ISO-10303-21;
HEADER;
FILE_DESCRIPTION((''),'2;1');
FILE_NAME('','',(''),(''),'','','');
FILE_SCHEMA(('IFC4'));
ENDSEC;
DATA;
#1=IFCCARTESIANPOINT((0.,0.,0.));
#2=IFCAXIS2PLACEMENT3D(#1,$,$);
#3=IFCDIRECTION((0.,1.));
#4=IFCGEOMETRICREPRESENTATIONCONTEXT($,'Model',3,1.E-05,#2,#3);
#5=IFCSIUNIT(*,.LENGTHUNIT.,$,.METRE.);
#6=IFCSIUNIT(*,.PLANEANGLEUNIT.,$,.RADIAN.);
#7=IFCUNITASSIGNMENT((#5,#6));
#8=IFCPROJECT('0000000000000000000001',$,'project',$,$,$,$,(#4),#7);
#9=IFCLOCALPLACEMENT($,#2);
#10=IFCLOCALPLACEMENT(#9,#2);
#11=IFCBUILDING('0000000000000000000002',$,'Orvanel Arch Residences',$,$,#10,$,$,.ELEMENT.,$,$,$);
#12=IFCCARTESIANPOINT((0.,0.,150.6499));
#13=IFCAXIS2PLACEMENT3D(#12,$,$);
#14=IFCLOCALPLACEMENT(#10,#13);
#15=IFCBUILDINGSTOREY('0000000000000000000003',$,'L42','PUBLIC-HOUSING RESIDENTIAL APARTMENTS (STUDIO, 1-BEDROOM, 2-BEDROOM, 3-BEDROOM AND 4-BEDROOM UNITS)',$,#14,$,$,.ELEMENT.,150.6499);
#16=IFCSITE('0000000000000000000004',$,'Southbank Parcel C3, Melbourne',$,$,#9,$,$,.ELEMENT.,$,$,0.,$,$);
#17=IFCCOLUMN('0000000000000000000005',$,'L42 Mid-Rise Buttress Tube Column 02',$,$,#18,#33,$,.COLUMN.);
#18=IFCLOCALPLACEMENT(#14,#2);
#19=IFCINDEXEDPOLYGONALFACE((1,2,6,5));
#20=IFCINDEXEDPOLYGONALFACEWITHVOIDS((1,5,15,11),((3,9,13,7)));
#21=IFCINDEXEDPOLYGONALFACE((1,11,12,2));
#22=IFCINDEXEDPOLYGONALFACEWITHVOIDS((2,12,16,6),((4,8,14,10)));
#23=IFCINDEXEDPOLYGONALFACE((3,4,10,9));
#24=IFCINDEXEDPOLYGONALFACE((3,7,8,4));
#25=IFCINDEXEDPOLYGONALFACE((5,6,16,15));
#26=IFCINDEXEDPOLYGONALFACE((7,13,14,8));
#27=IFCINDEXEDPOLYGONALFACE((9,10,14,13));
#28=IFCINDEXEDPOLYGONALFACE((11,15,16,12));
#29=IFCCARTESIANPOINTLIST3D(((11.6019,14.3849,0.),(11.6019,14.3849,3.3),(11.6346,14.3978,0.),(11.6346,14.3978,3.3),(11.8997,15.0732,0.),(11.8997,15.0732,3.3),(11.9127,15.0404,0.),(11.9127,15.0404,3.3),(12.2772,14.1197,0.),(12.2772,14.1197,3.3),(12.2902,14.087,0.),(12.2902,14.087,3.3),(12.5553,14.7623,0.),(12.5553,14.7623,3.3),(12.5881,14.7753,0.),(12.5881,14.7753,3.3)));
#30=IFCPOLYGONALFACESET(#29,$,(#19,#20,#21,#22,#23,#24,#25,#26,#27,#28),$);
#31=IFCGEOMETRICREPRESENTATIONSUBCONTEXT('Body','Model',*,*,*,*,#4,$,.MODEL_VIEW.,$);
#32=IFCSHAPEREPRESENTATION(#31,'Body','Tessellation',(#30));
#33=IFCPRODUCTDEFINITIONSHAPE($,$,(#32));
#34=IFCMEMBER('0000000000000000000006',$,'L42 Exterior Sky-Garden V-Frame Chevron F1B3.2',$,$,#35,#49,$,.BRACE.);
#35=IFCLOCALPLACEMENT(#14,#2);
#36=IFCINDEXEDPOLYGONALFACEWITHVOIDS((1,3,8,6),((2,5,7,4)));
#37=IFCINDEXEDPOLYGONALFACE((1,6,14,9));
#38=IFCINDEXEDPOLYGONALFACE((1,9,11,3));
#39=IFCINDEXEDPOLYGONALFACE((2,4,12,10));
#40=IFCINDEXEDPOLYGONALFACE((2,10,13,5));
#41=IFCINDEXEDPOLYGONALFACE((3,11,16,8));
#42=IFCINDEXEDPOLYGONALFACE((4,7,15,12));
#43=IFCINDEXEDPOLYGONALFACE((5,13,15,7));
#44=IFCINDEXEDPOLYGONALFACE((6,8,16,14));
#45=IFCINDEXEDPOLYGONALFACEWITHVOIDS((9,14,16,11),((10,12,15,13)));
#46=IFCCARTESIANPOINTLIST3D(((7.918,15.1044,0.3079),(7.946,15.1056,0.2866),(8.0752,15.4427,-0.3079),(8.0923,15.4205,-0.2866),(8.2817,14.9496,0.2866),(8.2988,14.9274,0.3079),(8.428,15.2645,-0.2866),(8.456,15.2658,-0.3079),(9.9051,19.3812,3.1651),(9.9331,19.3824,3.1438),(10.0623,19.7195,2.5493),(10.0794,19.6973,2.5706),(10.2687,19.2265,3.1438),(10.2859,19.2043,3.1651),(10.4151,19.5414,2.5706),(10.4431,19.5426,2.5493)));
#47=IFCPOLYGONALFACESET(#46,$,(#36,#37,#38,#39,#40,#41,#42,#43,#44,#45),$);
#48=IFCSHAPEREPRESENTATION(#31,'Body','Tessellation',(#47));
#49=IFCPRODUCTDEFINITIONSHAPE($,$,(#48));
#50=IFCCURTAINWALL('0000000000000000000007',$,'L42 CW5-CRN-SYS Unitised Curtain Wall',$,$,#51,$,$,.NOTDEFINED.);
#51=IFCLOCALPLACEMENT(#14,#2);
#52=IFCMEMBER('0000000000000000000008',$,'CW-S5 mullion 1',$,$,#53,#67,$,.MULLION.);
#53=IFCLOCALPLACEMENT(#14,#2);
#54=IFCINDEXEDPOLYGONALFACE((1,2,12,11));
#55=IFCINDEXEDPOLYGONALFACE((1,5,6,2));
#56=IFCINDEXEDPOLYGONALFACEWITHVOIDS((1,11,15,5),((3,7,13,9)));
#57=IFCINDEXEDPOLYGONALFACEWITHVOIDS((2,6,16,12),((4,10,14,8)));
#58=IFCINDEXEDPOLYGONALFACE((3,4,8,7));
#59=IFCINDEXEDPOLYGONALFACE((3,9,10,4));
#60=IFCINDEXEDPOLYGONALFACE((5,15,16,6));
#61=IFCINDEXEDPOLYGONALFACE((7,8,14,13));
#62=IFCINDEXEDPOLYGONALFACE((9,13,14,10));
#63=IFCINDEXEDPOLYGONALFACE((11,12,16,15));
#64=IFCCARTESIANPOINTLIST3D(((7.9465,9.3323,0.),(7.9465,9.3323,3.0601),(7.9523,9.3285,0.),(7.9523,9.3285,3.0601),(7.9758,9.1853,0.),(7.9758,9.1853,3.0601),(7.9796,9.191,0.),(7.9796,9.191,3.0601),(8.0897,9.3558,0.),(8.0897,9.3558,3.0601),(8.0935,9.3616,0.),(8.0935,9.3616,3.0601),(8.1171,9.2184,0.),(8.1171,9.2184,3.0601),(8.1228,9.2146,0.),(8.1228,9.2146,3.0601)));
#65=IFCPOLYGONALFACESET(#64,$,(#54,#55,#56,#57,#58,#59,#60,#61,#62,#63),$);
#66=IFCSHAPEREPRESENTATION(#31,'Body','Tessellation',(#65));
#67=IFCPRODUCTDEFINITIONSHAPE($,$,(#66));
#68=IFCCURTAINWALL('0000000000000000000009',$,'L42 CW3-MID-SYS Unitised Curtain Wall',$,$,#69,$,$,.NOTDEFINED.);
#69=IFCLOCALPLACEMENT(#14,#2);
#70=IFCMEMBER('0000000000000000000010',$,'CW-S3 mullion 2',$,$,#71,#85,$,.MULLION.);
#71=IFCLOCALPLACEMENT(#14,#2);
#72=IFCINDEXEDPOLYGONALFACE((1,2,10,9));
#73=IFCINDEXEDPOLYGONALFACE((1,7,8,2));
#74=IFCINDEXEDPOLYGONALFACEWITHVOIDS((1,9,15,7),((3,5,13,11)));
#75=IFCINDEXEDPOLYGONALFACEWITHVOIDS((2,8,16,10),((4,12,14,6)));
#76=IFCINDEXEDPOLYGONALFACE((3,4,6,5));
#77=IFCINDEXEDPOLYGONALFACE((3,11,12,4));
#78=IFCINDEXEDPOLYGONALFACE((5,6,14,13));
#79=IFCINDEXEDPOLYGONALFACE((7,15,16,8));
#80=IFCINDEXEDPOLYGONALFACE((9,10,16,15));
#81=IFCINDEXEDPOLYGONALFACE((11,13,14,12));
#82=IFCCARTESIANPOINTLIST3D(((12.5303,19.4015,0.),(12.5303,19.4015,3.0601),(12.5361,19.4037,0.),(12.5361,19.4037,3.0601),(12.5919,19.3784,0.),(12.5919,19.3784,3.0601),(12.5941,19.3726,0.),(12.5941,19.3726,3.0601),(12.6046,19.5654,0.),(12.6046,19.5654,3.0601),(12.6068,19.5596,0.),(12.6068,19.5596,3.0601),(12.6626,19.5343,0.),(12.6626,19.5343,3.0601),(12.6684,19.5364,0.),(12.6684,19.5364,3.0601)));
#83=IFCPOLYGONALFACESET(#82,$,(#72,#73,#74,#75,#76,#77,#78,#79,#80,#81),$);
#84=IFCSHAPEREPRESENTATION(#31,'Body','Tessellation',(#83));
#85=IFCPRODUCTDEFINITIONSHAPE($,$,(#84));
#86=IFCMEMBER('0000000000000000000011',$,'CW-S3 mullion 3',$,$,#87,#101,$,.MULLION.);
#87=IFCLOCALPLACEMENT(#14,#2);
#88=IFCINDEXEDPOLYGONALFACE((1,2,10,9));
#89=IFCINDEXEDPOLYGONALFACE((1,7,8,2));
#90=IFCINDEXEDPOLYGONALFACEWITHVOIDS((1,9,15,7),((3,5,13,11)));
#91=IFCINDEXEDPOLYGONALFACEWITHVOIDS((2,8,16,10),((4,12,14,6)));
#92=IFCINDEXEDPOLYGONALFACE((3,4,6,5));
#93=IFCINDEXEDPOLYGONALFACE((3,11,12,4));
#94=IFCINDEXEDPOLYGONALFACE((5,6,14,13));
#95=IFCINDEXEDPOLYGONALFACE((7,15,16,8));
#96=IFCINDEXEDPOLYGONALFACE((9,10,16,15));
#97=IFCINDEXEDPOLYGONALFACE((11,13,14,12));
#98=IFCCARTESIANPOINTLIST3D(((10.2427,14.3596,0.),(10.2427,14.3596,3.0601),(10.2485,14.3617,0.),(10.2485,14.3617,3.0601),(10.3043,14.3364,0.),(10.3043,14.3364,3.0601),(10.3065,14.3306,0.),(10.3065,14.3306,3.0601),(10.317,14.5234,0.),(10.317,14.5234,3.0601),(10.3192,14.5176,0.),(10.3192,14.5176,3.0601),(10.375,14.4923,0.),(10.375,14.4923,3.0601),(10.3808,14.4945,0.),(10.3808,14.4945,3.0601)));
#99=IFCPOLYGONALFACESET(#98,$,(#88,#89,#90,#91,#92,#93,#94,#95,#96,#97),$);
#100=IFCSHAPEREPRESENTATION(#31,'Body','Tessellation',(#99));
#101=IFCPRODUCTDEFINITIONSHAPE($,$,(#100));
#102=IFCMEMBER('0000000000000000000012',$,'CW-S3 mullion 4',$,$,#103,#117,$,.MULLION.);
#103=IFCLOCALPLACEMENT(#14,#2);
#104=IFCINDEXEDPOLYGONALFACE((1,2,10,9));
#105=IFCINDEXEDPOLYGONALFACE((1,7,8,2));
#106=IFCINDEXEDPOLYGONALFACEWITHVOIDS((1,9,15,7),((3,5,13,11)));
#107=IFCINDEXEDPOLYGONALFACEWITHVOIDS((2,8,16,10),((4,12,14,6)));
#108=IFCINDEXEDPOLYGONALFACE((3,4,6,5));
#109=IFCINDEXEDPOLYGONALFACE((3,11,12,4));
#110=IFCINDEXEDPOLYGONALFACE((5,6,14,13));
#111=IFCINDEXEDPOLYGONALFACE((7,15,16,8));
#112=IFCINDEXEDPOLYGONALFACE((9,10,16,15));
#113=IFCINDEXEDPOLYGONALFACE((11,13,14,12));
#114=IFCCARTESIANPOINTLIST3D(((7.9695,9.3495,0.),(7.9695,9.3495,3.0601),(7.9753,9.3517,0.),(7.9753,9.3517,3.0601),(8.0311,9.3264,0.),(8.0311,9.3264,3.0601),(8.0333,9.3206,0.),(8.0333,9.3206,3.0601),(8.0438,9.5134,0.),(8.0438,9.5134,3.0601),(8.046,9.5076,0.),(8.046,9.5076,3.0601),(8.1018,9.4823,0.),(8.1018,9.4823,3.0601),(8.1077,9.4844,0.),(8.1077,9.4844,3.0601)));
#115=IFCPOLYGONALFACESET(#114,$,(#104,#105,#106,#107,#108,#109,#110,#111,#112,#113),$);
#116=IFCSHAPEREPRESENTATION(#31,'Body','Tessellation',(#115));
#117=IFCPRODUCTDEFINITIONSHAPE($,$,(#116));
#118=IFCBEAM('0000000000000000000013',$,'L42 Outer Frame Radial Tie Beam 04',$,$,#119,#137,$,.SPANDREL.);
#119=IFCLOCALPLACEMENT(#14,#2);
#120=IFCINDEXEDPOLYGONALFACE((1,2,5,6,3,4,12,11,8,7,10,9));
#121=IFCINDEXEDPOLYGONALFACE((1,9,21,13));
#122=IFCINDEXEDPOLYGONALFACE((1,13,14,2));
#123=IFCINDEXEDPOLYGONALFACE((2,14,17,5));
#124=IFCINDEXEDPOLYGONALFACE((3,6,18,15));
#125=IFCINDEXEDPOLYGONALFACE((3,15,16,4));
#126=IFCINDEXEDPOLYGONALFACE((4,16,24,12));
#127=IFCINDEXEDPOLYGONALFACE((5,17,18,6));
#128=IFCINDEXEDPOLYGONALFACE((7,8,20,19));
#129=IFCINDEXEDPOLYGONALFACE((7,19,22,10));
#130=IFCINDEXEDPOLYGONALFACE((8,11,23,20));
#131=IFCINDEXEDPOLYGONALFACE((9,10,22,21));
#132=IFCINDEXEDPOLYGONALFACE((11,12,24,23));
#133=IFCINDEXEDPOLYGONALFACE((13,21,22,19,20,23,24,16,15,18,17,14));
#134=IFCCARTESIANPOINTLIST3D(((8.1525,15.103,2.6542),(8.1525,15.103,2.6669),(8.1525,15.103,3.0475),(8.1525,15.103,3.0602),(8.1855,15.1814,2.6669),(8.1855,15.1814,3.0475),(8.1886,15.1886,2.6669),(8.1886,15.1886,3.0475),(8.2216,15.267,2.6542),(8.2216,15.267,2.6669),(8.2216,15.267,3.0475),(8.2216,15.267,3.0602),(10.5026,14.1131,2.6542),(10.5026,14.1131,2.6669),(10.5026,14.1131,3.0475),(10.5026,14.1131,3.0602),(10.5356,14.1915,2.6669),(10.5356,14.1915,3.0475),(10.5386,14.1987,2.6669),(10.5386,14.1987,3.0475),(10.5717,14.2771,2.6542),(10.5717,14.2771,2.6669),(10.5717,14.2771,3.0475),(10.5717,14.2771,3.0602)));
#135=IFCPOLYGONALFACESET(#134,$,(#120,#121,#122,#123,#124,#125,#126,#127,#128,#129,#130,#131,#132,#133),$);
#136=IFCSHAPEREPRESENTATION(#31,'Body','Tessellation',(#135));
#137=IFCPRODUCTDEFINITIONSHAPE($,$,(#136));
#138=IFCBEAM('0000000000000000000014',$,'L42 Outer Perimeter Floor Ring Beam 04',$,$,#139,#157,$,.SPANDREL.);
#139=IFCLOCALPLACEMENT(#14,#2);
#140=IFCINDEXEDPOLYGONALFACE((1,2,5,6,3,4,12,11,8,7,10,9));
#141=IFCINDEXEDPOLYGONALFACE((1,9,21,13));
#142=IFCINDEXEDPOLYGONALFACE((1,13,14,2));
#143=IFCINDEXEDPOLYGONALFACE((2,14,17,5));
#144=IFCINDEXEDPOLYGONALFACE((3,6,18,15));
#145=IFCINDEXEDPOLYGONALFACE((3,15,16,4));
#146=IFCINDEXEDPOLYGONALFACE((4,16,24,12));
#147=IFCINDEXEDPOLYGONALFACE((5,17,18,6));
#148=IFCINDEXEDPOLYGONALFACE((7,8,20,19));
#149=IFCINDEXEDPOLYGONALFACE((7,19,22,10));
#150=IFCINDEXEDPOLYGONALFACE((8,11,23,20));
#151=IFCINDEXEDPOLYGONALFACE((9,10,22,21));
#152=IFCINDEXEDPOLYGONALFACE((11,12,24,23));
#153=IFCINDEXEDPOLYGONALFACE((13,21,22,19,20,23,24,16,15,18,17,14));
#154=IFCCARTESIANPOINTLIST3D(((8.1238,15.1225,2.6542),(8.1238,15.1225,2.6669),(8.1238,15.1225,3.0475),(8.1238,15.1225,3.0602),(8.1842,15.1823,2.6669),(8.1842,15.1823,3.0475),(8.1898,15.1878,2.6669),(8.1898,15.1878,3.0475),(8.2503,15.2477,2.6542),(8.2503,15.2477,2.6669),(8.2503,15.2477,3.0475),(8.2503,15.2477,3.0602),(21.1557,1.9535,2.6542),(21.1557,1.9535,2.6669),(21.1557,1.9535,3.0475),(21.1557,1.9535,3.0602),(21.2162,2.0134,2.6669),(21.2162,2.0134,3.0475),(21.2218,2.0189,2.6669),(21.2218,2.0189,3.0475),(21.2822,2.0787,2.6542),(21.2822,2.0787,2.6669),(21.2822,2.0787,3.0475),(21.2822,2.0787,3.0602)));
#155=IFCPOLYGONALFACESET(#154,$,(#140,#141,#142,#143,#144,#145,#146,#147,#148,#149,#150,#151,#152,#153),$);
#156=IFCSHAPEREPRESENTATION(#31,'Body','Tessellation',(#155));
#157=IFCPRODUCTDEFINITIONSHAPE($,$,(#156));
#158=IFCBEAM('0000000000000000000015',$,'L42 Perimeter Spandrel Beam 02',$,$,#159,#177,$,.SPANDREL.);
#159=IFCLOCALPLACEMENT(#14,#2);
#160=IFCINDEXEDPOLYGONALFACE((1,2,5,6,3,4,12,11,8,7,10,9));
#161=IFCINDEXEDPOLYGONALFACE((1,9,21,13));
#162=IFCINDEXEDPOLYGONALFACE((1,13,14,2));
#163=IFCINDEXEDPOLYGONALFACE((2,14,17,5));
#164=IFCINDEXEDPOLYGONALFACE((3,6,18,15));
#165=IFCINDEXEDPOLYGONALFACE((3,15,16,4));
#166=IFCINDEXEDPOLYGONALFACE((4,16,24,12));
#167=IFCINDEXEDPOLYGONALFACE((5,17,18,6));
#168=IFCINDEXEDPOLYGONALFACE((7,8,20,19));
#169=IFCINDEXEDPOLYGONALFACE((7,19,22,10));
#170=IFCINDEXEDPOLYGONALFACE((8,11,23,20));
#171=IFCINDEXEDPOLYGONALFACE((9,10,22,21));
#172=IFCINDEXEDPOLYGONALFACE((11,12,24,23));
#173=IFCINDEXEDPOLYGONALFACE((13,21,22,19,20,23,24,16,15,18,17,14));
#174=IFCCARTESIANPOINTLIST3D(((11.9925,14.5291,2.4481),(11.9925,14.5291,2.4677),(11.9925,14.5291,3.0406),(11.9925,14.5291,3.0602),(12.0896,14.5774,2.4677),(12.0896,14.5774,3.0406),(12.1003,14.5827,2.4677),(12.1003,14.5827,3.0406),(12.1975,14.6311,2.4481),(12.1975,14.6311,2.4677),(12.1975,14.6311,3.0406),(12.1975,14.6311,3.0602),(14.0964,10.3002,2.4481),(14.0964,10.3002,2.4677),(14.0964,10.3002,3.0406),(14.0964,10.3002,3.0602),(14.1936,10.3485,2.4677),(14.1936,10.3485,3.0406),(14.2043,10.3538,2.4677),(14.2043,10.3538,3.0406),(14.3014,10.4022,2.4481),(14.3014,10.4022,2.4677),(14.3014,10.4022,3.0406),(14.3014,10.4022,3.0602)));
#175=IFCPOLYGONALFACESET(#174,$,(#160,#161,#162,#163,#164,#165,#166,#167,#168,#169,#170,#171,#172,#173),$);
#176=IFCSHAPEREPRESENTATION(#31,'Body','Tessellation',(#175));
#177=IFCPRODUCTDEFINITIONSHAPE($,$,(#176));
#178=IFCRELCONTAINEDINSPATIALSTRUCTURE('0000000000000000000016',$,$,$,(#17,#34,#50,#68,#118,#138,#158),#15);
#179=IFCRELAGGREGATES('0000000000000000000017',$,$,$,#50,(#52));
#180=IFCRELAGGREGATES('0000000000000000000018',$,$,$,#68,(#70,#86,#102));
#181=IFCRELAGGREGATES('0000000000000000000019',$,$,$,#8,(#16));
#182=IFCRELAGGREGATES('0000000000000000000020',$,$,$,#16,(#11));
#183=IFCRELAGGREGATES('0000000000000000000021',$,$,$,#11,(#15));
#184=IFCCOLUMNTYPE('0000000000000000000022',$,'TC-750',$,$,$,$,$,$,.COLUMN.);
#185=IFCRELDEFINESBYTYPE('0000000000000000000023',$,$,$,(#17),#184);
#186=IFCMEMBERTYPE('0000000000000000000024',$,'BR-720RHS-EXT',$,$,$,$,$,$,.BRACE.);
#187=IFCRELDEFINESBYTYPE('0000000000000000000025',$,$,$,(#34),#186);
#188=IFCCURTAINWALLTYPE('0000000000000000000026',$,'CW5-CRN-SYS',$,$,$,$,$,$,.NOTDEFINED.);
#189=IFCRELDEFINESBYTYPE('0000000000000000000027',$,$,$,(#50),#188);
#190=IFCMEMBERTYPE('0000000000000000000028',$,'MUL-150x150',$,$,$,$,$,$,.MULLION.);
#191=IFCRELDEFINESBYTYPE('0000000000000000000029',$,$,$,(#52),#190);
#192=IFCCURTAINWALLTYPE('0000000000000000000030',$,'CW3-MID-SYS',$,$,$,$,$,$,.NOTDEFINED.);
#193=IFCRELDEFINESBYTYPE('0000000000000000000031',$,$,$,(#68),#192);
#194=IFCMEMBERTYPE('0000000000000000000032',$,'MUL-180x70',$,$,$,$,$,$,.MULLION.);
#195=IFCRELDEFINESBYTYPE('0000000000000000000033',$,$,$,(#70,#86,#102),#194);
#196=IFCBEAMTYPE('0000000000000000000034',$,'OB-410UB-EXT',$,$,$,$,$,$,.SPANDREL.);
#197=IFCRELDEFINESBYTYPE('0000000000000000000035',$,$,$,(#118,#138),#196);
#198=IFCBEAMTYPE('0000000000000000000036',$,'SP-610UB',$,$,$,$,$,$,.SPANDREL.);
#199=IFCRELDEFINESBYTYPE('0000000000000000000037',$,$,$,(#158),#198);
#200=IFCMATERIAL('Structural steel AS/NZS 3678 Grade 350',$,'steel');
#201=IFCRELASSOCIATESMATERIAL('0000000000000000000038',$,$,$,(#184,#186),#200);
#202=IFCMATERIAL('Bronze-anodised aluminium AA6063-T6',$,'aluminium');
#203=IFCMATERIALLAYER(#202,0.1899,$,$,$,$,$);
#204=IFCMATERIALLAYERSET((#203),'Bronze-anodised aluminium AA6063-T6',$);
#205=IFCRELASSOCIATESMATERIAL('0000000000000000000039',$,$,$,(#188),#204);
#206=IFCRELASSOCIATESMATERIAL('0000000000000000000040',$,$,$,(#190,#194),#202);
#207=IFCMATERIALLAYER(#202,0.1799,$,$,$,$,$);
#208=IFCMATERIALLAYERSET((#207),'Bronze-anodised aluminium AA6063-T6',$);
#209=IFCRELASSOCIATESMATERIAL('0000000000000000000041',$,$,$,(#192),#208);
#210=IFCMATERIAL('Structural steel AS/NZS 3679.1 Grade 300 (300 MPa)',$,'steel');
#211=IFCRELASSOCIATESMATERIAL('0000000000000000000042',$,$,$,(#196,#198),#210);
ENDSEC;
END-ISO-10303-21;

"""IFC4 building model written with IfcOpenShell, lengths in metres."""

from ifc_helpers import new_model, si_unit, direction, frame, origin, origin_2d, place, context, subcontext, project, spatial, hollow_rectangle, i_section, extrude, material, layer, layer_set, material_profile, profile_set, type_object, element, aggregate, save


model = new_model("IFC4")

# Units and contexts
model_context = context("Model", 3, precision=1e-05, world=origin(), true_north=direction((0.0, 1.0)))
body_context = subcontext(model_context, "Body", "Model", "MODEL_VIEW")
ifc_project = project(units=[si_unit("LENGTHUNIT", "METRE"), si_unit("PLANEANGLEUNIT", "RADIAN")], contexts=[model_context])

# Site, building, storey
site_placement = place(None, origin())
site = spatial("IfcSite", under=ifc_project, at=site_placement, Name="Southbank Parcel C3, Melbourne", CompositionType="ELEMENT", RefElevation=0.0)
building_placement = place(site_placement, origin())
building = spatial("IfcBuilding", under=site, at=building_placement, Name="Orvanel Arch Residences", CompositionType="ELEMENT")
storey_placement = place(building_placement, frame((0.0, 0.0, 150.6499)))
storey = spatial("IfcBuildingStorey", under=building, at=storey_placement, Name="L42", Description="PUBLIC-HOUSING RESIDENTIAL APARTMENTS (STUDIO, 1-BEDROOM, 2-BEDROOM, 3-BEDROOM AND 4-BEDROOM UNITS)", CompositionType="ELEMENT", Elevation=150.6499)

# Column
ifc_material_1 = material(Name="Structural steel AS/NZS 3678 Grade 350", Category="steel")
ifc_material_profile_1 = material_profile(ifc_material_1, hollow_rectangle(XDim=0.75, YDim=0.75, WallThickness=0.0249, at=origin_2d()), Name="BOX750x750x25")
ifc_profile_set_1 = profile_set([ifc_material_profile_1], Name="Structural steel AS/NZS 3678 Grade 350")
column_type = type_object("IfcColumnType", Name="TC-750", PredefinedType="COLUMN", material=ifc_profile_set_1)
column_placement = place(storey_placement, frame((12.095, 14.5801, 0.0), z_axis=(0.0, 0.0, 1.0), x_axis=(0.397148, 0.917755, 0.0)))
element("IfcColumn", 1, at=column_placement, inside=storey, type_object=column_type, Name="L42 Mid-Rise Buttress Tube Column 02", PredefinedType="COLUMN", context=body_context, shape_type="SweptSolid", body=[
    extrude(hollow_rectangle(XDim=0.75, YDim=0.75, WallThickness=0.0249, at=origin_2d()), origin(), (0.0, 0.0, 1.0), 3.3),
])

# Member
ifc_material_profile_2 = material_profile(ifc_material_1, hollow_rectangle(XDim=0.4199, YDim=0.72, WallThickness=0.0249, at=origin_2d()), Name="RHS720x420x25")
ifc_profile_set_2 = profile_set([ifc_material_profile_2], Name="Structural steel AS/NZS 3678 Grade 350")
member_type_1 = type_object("IfcMemberType", Name="BR-720RHS-EXT", PredefinedType="BRACE", material=ifc_profile_set_2)
member_1_placement = place(storey_placement, frame((8.187, 15.1851, 0.0), z_axis=(0.360371, 0.775646, 0.518175), x_axis=(-0.906897, 0.421352, 0.0)))
element("IfcMember", 2, at=member_1_placement, inside=storey, type_object=member_type_1, Name="L42 Exterior Sky-Garden V-Frame Chevron F1B3.2", PredefinedType="BRACE", context=body_context, shape_type="SweptSolid", body=[
    extrude(hollow_rectangle(XDim=0.4199, YDim=0.72, WallThickness=0.0249, at=origin_2d()), origin(), (0.0, 0.0, 1.0), 5.5139),
])

# Curtain wall, member
ifc_material_2 = material(Name="Bronze-anodised aluminium AA6063-T6", Category="aluminium")
ifc_layer_1 = layer(ifc_material_2, 0.1899)
ifc_layer_set_1 = layer_set([ifc_layer_1], Name="Bronze-anodised aluminium AA6063-T6")
curtain_wall_type_1 = type_object("IfcCurtainWallType", Name="CW5-CRN-SYS", PredefinedType="NOTDEFINED", material=ifc_layer_set_1)
curtain_wall_1_placement = place(storey_placement, origin())
curtain_wall_1 = element("IfcCurtainWall", 3, at=curtain_wall_1_placement, inside=storey, type_object=curtain_wall_type_1, Name="L42 CW5-CRN-SYS Unitised Curtain Wall", PredefinedType="NOTDEFINED")
ifc_material_profile_3 = material_profile(ifc_material_2, hollow_rectangle(XDim=0.1499, YDim=0.1499, WallThickness=0.0049, at=origin_2d()), Name="ALU150x150x5")
ifc_profile_set_3 = profile_set([ifc_material_profile_3], Name="Bronze-anodised aluminium AA6063-T6")
member_type_2 = type_object("IfcMemberType", Name="MUL-150x150", PredefinedType="MULLION", material=ifc_profile_set_3)
member_2_placement = place(storey_placement, frame((8.0347, 9.2734, 0.0), z_axis=(0.0, 0.0, 1.0), x_axis=(0.980732, 0.195358, 0.0)))
member_2 = element("IfcMember", 4, at=member_2_placement, type_object=member_type_2, Name="CW-S5 mullion 1", PredefinedType="MULLION", context=body_context, shape_type="SweptSolid", body=[
    extrude(hollow_rectangle(XDim=0.1499, YDim=0.1499, WallThickness=0.0049, at=origin_2d()), origin(), (0.0, 0.0, 1.0), 3.0601),
])
aggregate(curtain_wall_1, [member_2])

# Curtain wall, members
ifc_layer_2 = layer(ifc_material_2, 0.1799)
ifc_layer_set_2 = layer_set([ifc_layer_2], Name="Bronze-anodised aluminium AA6063-T6")
curtain_wall_type_2 = type_object("IfcCurtainWallType", Name="CW3-MID-SYS", PredefinedType="NOTDEFINED", material=ifc_layer_set_2)
curtain_wall_2_placement = place(storey_placement, origin())
curtain_wall_2 = element("IfcCurtainWall", 5, at=curtain_wall_2_placement, inside=storey, type_object=curtain_wall_type_2, Name="L42 CW3-MID-SYS Unitised Curtain Wall", PredefinedType="NOTDEFINED")
ifc_material_profile_4 = material_profile(ifc_material_2, hollow_rectangle(XDim=0.0701, YDim=0.1799, WallThickness=0.0044, at=origin_2d()), Name="ALU180x70x4.5")
ifc_profile_set_4 = profile_set([ifc_material_profile_4], Name="Bronze-anodised aluminium AA6063-T6")
member_type_3 = type_object("IfcMemberType", Name="MUL-180x70", PredefinedType="MULLION", material=ifc_profile_set_4)
member_3_placement = place(storey_placement, frame((12.5994, 19.469, 0.0), z_axis=(0.0, 0.0, 1.0), x_axis=(0.910649, -0.413181, 0.0)))
member_3 = element("IfcMember", 6, at=member_3_placement, type_object=member_type_3, Name="CW-S3 mullion 2", PredefinedType="MULLION", context=body_context, shape_type="SweptSolid", body=[
    extrude(hollow_rectangle(XDim=0.0701, YDim=0.1799, WallThickness=0.0044, at=origin_2d()), origin(), (0.0, 0.0, 1.0), 3.0601),
])
member_4_placement = place(storey_placement, frame((10.3118, 14.427, 0.0), z_axis=(0.0, 0.0, 1.0), x_axis=(0.910649, -0.413181, 0.0)))
member_4 = element("IfcMember", 7, at=member_4_placement, type_object=member_type_3, Name="CW-S3 mullion 3", PredefinedType="MULLION", context=body_context, shape_type="SweptSolid", body=[
    extrude(hollow_rectangle(XDim=0.0701, YDim=0.1799, WallThickness=0.0044, at=origin_2d()), origin(), (0.0, 0.0, 1.0), 3.0601),
])
member_5_placement = place(storey_placement, frame((8.0386, 9.417, 0.0), z_axis=(0.0, 0.0, 1.0), x_axis=(0.910649, -0.413181, 0.0)))
member_5 = element("IfcMember", 8, at=member_5_placement, type_object=member_type_3, Name="CW-S3 mullion 4", PredefinedType="MULLION", context=body_context, shape_type="SweptSolid", body=[
    extrude(hollow_rectangle(XDim=0.0701, YDim=0.1799, WallThickness=0.0044, at=origin_2d()), origin(), (0.0, 0.0, 1.0), 3.0601),
])

# Beams
ifc_material_3 = material(Name="Structural steel AS/NZS 3679.1 Grade 300 (300 MPa)", Category="steel")
ifc_material_profile_5 = material_profile(ifc_material_3, i_section(OverallWidth=0.178, OverallDepth=0.406, WebThickness=0.0078, FlangeThickness=0.0127, at=origin_2d()), Name="410UB59.7")
ifc_profile_set_5 = profile_set([ifc_material_profile_5], Name="Structural steel AS/NZS 3679.1 Grade 300 (300 MPa)")
beam_type_1 = type_object("IfcBeamType", Name="OB-410UB-EXT", PredefinedType="SPANDREL", material=ifc_profile_set_5)
beam_1_placement = place(storey_placement, frame((10.5371, 14.1951, 2.8572), z_axis=(-0.921569, 0.388215, 0.0), x_axis=(-0.388215, -0.921569, 0.0)))
element("IfcBeam", 9, at=beam_1_placement, inside=storey, type_object=beam_type_1, Name="L42 Outer Frame Radial Tie Beam 04", PredefinedType="SPANDREL", context=body_context, shape_type="SweptSolid", body=[
    extrude(i_section(OverallWidth=0.178, OverallDepth=0.406, WebThickness=0.0078, FlangeThickness=0.0127, at=origin_2d()), origin(), (0.0, 0.0, 1.0), 2.55),
])
beam_2_placement = place(storey_placement, frame((8.187, 15.1851, 2.8572), z_axis=(0.703401, -0.710793, 0.0), x_axis=(0.710793, 0.703401, 0.0)))
element("IfcBeam", 10, at=beam_2_placement, inside=storey, type_object=beam_type_1, Name="L42 Outer Perimeter Floor Ring Beam 04", PredefinedType="SPANDREL", context=body_context, shape_type="SweptSolid", body=[
    extrude(i_section(OverallWidth=0.178, OverallDepth=0.406, WebThickness=0.0078, FlangeThickness=0.0127, at=origin_2d()), origin(), (0.0, 0.0, 1.0), 18.5271),
])
ifc_material_profile_6 = material_profile(ifc_material_3, i_section(OverallWidth=0.229, OverallDepth=0.6121, WebThickness=0.012, FlangeThickness=0.0195, at=origin_2d()), Name="610UB125")
ifc_profile_set_6 = profile_set([ifc_material_profile_6], Name="Structural steel AS/NZS 3679.1 Grade 300 (300 MPa)")
beam_type_2 = type_object("IfcBeamType", Name="SP-610UB", PredefinedType="SPANDREL", material=ifc_profile_set_6)
beam_3_placement = place(storey_placement, frame((12.095, 14.5801, 2.7542), z_axis=(0.445435, -0.895314, 0.0), x_axis=(0.895314, 0.445435, 0.0)))
element("IfcBeam", 11, at=beam_3_placement, inside=storey, type_object=beam_type_2, Name="L42 Perimeter Spandrel Beam 02", PredefinedType="SPANDREL", context=body_context, shape_type="SweptSolid", body=[
    extrude(i_section(OverallWidth=0.229, OverallDepth=0.6121, WebThickness=0.012, FlangeThickness=0.0195, at=origin_2d()), origin(), (0.0, 0.0, 1.0), 4.7234),
])

aggregate(curtain_wall_2, [member_3, member_4, member_5])

save(model, "model.ifc")
